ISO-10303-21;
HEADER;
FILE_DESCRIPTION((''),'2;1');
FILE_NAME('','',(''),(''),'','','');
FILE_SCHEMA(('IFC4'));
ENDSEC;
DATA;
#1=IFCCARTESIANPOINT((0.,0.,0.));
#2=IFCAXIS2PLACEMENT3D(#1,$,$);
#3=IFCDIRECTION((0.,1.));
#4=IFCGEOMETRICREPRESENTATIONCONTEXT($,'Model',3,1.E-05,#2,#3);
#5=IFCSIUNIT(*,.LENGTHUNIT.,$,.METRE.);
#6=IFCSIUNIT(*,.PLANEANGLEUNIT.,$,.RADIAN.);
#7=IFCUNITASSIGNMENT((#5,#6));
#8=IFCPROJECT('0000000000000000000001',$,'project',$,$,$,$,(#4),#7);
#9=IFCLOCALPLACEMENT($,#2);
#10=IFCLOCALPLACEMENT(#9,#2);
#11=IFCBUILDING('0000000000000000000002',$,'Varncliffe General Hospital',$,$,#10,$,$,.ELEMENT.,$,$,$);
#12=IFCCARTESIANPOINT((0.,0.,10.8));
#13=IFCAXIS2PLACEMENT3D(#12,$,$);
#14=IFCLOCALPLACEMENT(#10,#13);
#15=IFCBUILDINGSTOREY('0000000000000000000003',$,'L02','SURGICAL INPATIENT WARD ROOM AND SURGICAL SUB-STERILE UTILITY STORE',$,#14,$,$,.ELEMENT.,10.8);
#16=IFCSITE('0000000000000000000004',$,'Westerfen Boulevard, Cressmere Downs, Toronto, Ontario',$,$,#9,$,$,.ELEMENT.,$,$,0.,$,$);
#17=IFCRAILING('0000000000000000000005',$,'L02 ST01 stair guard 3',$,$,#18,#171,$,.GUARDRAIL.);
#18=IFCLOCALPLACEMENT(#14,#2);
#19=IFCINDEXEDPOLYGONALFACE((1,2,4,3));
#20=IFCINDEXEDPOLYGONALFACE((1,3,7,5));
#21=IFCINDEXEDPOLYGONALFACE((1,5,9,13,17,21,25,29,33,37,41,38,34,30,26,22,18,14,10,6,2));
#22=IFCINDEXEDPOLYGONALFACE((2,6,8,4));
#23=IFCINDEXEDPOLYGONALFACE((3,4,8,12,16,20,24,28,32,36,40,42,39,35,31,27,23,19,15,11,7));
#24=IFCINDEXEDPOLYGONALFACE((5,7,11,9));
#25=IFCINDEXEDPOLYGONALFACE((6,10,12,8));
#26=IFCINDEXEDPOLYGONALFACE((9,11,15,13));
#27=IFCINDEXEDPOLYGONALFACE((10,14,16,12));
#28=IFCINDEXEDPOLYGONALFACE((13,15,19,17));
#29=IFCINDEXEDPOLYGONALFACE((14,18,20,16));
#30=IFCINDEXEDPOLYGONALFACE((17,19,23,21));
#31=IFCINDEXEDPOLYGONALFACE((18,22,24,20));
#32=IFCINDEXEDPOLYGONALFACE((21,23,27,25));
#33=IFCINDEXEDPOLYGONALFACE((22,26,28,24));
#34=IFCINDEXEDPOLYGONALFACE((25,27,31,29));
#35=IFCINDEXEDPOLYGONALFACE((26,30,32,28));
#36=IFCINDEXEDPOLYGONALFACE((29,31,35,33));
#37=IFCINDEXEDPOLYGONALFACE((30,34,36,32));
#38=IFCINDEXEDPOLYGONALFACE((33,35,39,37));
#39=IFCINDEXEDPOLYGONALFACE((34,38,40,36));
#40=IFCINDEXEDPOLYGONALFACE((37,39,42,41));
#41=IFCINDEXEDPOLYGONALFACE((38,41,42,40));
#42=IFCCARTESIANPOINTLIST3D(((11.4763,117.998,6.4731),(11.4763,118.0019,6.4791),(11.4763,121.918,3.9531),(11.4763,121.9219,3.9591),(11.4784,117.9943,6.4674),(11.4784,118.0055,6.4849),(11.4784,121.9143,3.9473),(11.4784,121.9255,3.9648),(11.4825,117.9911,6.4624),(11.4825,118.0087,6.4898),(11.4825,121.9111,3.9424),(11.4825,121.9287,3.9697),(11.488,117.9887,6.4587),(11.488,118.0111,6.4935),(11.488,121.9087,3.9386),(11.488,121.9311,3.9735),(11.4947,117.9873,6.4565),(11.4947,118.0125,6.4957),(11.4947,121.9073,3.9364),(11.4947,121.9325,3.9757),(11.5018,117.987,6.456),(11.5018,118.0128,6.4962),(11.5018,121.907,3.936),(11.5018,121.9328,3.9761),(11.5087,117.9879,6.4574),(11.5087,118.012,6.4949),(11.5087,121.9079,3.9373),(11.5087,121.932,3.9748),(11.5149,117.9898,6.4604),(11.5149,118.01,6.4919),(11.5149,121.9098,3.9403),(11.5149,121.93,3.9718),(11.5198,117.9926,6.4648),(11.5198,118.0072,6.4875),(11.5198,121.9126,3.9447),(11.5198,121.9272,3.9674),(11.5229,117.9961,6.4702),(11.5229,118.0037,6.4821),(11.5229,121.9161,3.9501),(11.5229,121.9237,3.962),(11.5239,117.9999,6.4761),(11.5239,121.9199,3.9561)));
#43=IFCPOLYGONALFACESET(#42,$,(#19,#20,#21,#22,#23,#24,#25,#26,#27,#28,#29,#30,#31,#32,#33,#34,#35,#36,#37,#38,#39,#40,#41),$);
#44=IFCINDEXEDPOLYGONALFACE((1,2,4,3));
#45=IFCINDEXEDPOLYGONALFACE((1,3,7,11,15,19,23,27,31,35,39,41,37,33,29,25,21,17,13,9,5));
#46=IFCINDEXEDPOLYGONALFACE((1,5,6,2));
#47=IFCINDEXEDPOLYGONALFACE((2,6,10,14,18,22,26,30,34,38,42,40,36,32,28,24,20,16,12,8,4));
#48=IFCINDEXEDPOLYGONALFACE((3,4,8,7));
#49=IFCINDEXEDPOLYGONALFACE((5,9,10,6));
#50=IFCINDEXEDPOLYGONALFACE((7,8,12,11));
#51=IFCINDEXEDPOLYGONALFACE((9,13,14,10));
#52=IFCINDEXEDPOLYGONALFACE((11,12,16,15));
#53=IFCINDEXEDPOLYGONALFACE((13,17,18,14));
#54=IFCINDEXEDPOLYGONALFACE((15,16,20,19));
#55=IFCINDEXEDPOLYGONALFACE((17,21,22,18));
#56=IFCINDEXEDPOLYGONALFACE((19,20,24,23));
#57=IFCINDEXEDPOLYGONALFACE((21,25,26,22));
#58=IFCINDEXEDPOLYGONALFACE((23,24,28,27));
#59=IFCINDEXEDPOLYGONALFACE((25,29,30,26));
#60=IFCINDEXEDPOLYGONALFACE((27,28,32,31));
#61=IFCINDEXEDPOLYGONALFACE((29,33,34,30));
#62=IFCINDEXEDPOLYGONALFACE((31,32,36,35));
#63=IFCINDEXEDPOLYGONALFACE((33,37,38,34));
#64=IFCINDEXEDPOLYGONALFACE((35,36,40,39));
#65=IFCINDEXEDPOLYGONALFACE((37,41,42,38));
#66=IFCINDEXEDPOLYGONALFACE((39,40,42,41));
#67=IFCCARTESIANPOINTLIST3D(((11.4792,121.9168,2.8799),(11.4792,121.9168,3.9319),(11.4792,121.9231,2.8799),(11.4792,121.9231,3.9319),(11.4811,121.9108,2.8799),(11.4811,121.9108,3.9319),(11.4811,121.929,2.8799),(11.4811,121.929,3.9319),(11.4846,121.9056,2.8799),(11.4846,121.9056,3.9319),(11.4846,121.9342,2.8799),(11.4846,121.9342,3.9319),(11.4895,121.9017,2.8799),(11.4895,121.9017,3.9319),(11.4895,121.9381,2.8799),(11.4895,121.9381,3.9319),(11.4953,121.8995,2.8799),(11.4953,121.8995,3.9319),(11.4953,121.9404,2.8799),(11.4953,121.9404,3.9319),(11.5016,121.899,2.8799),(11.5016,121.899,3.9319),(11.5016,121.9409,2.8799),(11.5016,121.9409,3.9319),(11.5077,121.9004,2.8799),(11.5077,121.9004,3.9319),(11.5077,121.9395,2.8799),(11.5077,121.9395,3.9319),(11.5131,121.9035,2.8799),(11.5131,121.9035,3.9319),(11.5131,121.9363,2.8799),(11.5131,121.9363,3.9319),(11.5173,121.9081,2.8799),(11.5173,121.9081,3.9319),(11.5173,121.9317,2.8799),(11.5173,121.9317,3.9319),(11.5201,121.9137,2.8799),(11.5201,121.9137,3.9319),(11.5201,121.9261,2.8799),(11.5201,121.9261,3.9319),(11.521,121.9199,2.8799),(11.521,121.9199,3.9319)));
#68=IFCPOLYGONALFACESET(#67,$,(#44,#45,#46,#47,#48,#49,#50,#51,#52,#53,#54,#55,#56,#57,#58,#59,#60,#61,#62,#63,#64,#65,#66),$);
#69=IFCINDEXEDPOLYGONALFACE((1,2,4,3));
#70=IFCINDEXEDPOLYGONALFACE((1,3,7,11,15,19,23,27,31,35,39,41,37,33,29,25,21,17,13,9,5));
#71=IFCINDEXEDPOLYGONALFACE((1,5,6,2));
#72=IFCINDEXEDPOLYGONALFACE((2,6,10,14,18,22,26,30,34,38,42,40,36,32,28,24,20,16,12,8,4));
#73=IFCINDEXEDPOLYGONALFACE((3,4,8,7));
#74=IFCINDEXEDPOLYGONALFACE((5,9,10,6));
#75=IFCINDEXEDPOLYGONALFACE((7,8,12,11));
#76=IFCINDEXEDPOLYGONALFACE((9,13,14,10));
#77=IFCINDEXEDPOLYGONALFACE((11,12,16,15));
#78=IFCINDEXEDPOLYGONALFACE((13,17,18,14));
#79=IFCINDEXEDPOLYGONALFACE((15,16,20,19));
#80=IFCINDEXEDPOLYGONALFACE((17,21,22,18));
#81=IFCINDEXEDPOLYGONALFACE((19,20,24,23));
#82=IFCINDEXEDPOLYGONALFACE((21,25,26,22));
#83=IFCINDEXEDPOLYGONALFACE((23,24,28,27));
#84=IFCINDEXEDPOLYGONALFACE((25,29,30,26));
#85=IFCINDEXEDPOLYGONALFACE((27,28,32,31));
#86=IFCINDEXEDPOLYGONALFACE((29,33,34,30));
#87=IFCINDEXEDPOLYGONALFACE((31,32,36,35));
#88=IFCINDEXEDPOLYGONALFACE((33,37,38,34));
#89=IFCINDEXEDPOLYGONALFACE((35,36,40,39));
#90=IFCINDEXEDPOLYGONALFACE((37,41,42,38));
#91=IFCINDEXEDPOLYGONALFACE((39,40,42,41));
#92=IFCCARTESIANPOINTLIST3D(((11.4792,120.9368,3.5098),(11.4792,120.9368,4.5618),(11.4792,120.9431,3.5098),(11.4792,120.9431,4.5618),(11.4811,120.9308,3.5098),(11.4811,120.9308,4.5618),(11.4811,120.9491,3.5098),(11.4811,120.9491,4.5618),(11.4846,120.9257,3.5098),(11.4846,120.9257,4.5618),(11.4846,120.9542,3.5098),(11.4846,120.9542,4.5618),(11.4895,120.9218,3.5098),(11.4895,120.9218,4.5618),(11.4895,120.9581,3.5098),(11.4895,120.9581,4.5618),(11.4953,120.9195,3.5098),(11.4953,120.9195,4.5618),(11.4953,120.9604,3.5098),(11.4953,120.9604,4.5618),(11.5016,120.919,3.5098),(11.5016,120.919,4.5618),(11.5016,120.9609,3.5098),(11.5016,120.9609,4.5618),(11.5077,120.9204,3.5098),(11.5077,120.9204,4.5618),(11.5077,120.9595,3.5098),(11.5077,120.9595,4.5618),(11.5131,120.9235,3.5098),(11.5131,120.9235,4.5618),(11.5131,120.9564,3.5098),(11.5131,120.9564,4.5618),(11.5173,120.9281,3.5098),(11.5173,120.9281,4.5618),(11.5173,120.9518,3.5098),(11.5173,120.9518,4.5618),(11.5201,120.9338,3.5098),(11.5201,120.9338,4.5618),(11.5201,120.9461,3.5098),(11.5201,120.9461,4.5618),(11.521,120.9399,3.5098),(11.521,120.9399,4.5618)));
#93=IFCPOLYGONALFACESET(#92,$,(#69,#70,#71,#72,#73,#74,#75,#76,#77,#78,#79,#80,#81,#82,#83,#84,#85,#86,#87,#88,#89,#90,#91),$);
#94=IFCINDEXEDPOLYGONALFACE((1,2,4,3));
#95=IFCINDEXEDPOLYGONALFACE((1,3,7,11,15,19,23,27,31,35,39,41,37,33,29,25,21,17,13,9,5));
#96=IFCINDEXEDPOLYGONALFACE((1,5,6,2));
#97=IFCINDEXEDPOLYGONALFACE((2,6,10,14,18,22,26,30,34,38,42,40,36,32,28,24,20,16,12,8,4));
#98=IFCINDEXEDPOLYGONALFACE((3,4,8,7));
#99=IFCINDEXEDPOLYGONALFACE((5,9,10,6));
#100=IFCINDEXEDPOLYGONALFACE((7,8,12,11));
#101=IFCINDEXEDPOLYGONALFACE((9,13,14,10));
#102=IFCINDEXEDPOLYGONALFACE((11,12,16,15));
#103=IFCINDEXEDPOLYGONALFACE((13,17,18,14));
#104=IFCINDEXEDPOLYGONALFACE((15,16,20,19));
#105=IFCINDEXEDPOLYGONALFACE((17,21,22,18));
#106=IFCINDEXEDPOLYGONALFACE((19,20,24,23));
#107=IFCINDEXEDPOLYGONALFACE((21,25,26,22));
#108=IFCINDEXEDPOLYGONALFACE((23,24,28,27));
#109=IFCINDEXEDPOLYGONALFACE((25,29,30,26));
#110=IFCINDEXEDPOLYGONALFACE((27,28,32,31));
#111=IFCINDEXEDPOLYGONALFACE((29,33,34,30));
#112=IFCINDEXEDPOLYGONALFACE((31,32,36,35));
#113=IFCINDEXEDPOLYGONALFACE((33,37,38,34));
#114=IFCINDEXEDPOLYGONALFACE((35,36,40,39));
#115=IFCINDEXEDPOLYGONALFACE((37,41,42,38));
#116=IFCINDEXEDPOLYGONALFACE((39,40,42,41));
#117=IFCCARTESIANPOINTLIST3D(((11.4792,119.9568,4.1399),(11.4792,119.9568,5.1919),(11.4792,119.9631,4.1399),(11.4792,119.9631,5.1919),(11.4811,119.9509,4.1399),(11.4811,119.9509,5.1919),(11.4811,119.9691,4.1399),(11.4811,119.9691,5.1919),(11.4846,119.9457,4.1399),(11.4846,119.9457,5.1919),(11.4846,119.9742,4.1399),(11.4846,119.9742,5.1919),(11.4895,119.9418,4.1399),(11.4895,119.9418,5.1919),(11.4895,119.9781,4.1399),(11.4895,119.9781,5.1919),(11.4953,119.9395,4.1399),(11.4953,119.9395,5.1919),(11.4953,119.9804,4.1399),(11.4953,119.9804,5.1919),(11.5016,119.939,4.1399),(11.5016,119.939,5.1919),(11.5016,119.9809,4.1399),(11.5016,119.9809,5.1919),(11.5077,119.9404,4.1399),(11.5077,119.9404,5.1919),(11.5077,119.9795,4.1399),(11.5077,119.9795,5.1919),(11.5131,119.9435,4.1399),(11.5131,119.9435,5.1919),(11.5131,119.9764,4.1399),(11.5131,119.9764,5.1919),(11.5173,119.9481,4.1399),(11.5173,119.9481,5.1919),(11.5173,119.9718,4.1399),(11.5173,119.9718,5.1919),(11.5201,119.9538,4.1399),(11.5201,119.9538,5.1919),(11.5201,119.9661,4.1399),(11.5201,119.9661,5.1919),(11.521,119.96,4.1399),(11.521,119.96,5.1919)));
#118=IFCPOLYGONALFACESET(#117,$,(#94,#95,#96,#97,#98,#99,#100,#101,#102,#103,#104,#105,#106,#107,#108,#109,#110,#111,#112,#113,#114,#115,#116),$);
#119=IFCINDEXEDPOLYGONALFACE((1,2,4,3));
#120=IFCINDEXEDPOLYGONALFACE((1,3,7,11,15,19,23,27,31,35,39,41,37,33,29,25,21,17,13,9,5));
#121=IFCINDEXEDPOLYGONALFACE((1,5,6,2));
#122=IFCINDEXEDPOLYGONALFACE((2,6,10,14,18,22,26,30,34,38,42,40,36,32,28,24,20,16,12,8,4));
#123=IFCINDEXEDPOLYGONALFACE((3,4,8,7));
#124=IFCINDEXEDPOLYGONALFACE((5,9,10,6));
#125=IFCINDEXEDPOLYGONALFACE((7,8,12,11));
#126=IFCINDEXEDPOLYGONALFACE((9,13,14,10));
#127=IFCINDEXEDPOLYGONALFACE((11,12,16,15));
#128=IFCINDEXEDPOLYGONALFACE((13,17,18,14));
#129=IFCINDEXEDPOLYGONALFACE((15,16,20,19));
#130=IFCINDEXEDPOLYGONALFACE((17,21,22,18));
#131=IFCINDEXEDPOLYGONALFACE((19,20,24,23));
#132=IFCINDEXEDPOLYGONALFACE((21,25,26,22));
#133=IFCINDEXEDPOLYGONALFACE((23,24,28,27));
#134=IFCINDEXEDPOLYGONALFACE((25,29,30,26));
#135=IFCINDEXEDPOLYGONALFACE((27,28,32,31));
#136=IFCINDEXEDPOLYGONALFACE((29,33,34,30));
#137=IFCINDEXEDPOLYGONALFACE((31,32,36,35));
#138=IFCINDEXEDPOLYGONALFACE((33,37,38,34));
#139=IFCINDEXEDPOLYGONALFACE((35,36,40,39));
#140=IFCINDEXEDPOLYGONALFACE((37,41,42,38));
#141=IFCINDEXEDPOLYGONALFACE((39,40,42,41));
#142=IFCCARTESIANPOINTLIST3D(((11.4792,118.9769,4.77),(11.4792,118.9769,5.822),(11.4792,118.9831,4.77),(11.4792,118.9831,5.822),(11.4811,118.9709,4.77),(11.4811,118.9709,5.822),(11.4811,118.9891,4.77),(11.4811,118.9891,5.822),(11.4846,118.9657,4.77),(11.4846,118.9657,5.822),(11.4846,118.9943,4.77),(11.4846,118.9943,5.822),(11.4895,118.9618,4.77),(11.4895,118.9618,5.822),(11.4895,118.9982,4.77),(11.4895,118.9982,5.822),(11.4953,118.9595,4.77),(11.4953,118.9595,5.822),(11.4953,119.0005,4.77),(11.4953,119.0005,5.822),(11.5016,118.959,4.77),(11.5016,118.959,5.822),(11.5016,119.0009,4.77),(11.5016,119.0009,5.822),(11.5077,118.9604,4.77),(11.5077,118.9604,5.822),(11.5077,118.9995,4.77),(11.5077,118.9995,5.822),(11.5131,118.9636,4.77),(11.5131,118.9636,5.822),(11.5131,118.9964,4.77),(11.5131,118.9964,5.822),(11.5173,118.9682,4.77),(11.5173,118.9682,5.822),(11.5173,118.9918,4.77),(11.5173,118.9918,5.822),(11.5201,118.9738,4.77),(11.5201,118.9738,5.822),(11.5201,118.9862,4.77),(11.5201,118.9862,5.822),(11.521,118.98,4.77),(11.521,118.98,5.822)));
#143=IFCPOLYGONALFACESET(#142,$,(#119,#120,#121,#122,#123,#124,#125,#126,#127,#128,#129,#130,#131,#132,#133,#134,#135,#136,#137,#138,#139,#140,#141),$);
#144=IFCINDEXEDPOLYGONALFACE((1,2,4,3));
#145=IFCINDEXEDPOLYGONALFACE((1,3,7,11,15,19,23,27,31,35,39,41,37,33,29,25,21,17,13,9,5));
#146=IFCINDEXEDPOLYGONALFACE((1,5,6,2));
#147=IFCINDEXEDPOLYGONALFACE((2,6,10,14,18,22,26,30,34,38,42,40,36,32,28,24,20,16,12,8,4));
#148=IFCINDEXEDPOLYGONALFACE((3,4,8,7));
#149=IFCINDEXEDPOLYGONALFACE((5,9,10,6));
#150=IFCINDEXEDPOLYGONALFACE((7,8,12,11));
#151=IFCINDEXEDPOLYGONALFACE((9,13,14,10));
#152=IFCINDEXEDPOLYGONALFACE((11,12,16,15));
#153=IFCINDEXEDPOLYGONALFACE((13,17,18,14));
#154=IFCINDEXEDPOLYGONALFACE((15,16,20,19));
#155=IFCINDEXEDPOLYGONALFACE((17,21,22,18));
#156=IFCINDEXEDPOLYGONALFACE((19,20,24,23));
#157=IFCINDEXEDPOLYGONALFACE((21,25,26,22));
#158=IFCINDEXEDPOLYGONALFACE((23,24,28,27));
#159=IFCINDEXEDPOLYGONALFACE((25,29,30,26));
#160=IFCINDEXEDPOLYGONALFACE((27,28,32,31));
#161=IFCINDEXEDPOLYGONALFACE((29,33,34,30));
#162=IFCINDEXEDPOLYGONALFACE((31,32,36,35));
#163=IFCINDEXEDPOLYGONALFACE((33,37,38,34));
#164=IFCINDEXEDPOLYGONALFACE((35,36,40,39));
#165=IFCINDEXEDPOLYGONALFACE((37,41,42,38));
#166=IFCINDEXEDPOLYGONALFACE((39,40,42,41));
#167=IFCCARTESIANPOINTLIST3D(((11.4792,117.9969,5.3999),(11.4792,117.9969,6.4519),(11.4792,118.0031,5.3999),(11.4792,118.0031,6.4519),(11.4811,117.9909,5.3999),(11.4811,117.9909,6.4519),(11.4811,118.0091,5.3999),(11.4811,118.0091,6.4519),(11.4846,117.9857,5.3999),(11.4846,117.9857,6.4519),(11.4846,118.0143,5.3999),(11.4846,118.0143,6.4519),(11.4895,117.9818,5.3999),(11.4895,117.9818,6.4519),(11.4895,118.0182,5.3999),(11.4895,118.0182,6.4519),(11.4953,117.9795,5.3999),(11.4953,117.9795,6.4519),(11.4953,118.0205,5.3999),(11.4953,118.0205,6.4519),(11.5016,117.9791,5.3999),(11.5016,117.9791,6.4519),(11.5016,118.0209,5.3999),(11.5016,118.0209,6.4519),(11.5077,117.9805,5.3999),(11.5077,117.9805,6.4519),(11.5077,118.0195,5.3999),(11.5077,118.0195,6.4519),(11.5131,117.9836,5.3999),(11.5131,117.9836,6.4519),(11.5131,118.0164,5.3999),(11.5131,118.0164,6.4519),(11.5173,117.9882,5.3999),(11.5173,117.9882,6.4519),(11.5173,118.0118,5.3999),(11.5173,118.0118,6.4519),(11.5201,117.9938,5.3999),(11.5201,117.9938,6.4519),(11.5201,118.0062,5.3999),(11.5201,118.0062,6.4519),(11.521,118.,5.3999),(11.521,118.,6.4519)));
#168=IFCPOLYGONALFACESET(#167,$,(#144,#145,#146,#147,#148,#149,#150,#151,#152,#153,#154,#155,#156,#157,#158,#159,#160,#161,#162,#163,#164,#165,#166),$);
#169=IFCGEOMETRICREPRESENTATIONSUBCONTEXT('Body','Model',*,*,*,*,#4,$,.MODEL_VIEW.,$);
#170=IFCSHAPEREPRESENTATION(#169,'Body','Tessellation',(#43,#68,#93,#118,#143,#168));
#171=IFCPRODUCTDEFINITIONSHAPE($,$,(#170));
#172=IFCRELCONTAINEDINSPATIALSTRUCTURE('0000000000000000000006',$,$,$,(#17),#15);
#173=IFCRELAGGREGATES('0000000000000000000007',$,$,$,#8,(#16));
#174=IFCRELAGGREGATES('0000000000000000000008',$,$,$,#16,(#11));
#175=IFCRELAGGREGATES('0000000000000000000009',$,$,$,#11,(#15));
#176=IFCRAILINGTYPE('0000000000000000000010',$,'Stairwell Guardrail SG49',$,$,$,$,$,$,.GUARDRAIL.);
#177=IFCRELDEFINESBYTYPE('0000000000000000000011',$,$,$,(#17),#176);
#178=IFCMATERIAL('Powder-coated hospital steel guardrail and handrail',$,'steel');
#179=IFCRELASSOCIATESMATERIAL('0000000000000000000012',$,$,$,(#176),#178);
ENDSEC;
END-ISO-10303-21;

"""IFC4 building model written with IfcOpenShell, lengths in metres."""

from ifc_helpers import new_model, si_unit, direction, frame, origin, origin_2d, place, context, subcontext, project, spatial, circle, extrude, material, type_object, element, save


model = new_model("IFC4")

# Units and contexts
model_context = context("Model", 3, precision=1e-05, world=origin(), true_north=direction((0.0, 1.0)))
body_context = subcontext(model_context, "Body", "Model", "MODEL_VIEW")
ifc_project = project(units=[si_unit("LENGTHUNIT", "METRE"), si_unit("PLANEANGLEUNIT", "RADIAN")], contexts=[model_context])

# Site, building, storey
site_placement = place(None, origin())
site = spatial("IfcSite", under=ifc_project, at=site_placement, Name="Westerfen Boulevard, Cressmere Downs, Toronto, Ontario", CompositionType="ELEMENT", RefElevation=0.0)
building_placement = place(site_placement, origin())
building = spatial("IfcBuilding", under=site, at=building_placement, Name="Varncliffe General Hospital", CompositionType="ELEMENT")
storey_placement = place(building_placement, frame((0.0, 0.0, 10.8)))
storey = spatial("IfcBuildingStorey", under=building, at=storey_placement, Name="L02", Description="SURGICAL INPATIENT WARD ROOM AND SURGICAL SUB-STERILE UTILITY STORE", CompositionType="ELEMENT", Elevation=10.8)

# Railing
ifc_material_1 = material(Name="Powder-coated hospital steel guardrail and handrail", Category="steel")
railing_type_1 = type_object("IfcRailingType", Name="Stairwell Guardrail SG49", PredefinedType="GUARDRAIL", material=ifc_material_1)
railing_1_placement = place(storey_placement, frame((11.5, 121.9199, 2.8799)))
element("IfcRailing", 1, at=railing_1_placement, inside=storey, type_object=railing_type_1, Name="L02 ST01 stair guard 3", PredefinedType="GUARDRAIL", context=body_context, shape_type="SweptSolid", body=[
    extrude(circle(Radius=0.0239, at=origin_2d()), frame((0.0, 0.0, 1.0762), z_axis=(0.0, -0.841172, 0.540768), x_axis=(1.0, 0.0, 0.0)), (0.0, 0.0, 1.0), 4.6602),
    extrude(circle(Radius=0.021, at=origin_2d()), origin(), (0.0, 0.0, 1.0), 1.052),
    extrude(circle(Radius=0.021, at=origin_2d()), frame((0.0, -0.98, 0.6299)), (0.0, 0.0, 1.0), 1.052),
    extrude(circle(Radius=0.021, at=origin_2d()), frame((0.0, -1.96, 1.26)), (0.0, 0.0, 1.0), 1.052),
    extrude(circle(Radius=0.021, at=origin_2d()), frame((0.0, -2.9399, 1.8901)), (0.0, 0.0, 1.0), 1.052),
    extrude(circle(Radius=0.021, at=origin_2d()), frame((0.0, -3.9199, 2.52)), (0.0, 0.0, 1.0), 1.052),
])

save(model, "model.ifc")
